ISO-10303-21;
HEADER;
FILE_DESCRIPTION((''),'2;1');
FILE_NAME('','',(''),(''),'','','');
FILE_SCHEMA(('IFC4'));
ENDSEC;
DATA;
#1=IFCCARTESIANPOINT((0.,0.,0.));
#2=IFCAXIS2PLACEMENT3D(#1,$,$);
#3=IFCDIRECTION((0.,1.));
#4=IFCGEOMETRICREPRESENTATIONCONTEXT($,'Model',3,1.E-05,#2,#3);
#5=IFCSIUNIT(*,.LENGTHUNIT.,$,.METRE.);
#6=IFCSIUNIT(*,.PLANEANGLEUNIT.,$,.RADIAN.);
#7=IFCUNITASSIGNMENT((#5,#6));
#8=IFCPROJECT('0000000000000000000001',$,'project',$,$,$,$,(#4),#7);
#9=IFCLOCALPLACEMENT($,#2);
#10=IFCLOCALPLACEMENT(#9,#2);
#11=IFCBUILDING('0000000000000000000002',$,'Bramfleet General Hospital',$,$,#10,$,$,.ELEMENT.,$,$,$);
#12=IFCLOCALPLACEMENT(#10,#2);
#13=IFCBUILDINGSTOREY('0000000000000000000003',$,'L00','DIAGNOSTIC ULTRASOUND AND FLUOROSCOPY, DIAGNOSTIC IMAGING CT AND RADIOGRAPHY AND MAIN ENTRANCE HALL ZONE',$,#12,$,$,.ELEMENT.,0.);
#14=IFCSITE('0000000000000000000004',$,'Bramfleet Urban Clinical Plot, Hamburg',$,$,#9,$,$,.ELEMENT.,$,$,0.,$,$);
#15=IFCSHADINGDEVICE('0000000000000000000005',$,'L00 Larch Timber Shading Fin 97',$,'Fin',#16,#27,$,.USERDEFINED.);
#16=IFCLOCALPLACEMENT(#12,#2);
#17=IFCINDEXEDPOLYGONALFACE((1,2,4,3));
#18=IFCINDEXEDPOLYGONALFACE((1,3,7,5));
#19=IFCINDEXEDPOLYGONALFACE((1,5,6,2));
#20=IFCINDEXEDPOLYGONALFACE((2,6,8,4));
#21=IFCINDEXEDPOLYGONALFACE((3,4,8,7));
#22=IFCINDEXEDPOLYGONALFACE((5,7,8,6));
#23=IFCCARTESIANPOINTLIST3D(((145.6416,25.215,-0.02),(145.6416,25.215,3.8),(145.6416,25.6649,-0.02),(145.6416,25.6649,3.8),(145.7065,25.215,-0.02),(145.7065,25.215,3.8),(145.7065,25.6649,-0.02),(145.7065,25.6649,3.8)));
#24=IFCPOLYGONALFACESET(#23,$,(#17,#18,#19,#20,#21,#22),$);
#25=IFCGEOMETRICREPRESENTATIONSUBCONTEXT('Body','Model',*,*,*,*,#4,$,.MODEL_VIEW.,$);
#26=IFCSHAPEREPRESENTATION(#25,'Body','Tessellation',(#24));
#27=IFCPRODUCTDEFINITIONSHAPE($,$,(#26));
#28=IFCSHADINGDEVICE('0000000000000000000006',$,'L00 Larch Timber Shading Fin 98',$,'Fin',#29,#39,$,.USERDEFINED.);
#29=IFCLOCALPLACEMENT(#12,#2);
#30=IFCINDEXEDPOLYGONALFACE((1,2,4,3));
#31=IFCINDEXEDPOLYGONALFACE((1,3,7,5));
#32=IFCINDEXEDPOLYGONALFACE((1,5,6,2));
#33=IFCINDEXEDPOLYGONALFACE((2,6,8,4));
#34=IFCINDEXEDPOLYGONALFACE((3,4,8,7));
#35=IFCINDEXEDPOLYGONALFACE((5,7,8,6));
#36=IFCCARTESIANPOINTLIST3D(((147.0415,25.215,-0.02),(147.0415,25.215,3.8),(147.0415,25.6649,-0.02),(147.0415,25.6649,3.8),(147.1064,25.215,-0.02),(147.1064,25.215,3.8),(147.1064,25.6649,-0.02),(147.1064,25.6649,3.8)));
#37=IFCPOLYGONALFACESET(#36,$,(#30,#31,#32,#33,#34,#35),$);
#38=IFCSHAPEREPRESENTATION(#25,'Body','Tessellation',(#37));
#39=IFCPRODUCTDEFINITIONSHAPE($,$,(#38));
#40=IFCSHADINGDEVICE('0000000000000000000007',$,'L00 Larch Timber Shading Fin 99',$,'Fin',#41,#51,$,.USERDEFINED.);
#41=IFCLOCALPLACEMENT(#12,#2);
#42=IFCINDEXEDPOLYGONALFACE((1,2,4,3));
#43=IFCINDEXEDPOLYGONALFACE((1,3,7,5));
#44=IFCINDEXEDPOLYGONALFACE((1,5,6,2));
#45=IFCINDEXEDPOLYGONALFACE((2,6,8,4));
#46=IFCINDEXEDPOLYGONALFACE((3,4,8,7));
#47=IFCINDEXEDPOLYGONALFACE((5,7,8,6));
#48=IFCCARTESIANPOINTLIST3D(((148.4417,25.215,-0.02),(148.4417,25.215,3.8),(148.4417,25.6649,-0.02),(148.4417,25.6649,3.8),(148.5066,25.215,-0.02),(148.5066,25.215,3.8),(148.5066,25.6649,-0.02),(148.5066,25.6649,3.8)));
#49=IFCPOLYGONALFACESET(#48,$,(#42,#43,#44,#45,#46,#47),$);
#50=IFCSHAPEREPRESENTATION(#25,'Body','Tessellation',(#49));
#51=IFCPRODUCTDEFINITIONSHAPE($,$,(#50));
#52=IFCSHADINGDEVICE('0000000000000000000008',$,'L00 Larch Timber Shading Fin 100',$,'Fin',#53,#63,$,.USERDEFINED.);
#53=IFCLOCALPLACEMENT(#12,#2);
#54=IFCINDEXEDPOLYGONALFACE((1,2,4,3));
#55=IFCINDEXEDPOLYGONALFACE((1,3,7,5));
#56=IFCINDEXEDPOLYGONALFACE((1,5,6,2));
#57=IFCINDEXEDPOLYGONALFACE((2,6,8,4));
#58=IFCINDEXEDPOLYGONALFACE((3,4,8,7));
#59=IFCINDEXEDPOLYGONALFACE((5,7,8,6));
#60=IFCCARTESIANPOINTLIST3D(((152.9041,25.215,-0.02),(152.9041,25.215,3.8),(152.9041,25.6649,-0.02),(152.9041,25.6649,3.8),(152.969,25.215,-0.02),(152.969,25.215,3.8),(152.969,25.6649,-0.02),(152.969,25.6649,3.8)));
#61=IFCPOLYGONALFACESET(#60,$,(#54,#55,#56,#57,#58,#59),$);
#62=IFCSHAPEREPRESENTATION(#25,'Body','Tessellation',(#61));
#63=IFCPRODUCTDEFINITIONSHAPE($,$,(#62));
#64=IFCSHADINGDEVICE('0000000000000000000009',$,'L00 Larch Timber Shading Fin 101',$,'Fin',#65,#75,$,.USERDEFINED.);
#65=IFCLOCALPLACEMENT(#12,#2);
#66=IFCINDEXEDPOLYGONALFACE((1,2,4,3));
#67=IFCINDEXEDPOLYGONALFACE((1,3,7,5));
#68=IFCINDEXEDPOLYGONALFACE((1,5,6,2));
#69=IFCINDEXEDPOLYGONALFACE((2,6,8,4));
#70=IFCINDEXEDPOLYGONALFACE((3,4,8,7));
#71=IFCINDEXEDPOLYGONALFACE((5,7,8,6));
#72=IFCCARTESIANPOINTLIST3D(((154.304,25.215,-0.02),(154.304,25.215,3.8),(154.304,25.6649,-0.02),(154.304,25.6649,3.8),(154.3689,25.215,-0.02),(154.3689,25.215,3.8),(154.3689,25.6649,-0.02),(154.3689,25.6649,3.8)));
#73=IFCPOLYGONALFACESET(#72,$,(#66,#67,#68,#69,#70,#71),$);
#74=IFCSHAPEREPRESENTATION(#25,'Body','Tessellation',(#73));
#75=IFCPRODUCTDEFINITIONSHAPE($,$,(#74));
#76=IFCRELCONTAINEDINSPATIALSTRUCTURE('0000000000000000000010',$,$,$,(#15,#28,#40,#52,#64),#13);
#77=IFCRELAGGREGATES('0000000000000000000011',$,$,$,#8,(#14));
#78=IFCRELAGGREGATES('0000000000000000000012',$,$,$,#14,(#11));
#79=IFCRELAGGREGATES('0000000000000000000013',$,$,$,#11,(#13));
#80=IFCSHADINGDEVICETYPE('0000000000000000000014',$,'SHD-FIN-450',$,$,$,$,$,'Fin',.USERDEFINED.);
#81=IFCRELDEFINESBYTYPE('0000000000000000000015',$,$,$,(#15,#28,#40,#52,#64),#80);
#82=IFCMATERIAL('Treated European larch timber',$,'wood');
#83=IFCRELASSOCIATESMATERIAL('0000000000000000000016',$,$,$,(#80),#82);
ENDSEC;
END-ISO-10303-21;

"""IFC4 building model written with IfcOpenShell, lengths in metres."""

from ifc_helpers import new_model, si_unit, direction, frame, origin, origin_2d, place, context, subcontext, project, spatial, rectangle, extrude, material, material_profile, profile_set, type_object, element, save


model = new_model("IFC4")

# Units and contexts
model_context = context("Model", 3, precision=1e-05, world=origin(), true_north=direction((0.0, 1.0)))
body_context = subcontext(model_context, "Body", "Model", "MODEL_VIEW")
ifc_project = project(units=[si_unit("LENGTHUNIT", "METRE"), si_unit("PLANEANGLEUNIT", "RADIAN")], contexts=[model_context])

# Site, building, storey
site_placement = place(None, origin())
site = spatial("IfcSite", under=ifc_project, at=site_placement, Name="Bramfleet Urban Clinical Plot, Hamburg", CompositionType="ELEMENT", RefElevation=0.0)
building_placement = place(site_placement, origin())
building = spatial("IfcBuilding", under=site, at=building_placement, Name="Bramfleet General Hospital", CompositionType="ELEMENT")
storey_placement = place(building_placement, origin())
storey = spatial("IfcBuildingStorey", under=building, at=storey_placement, Name="L00", Description="DIAGNOSTIC ULTRASOUND AND FLUOROSCOPY, DIAGNOSTIC IMAGING CT AND RADIOGRAPHY AND MAIN ENTRANCE HALL ZONE", CompositionType="ELEMENT", Elevation=0.0)

# Shading devices
ifc_material_1 = material(Name="Treated European larch timber", Category="wood")
ifc_material_profile_1 = material_profile(ifc_material_1, rectangle(XDim=0.0649, YDim=0.45, at=origin_2d()), Name="LARCH FIN 450x65")
ifc_profile_set_1 = profile_set([ifc_material_profile_1], Name="Treated European larch timber")
shading_device_type = type_object("IfcShadingDeviceType", Name="SHD-FIN-450", ElementType="Fin", PredefinedType="USERDEFINED", material=ifc_profile_set_1)
for number, where, z_axis, x_axis, name in (
    (1, (145.6741, 25.4399, -0.02), (0.0, 0.0, 1.0), (1.0, 0.0, 0.0), "L00 Larch Timber Shading Fin 97"),
    (2, (147.074, 25.4399, -0.02), (0.0, 0.0, 1.0), (1.0, 0.0, 0.0), "L00 Larch Timber Shading Fin 98"),
    (3, (148.4741, 25.4399, -0.02), (0.0, 0.0, 1.0), (1.0, 0.0, 0.0), "L00 Larch Timber Shading Fin 99"),
    (4, (152.9365, 25.4399, -0.02), (0.0, 0.0, 1.0), (1.0, 0.0, 0.0), "L00 Larch Timber Shading Fin 100"),
    (5, (154.3364, 25.4399, -0.02), (0.0, 0.0, 1.0), (1.0, 0.0, 0.0), "L00 Larch Timber Shading Fin 101"),
):
    element("IfcShadingDevice", number, at=place(storey_placement, frame(where, z_axis=z_axis, x_axis=x_axis)), inside=storey, type_object=shading_device_type, Name=name, ObjectType="Fin", PredefinedType="USERDEFINED", context=body_context, shape_type="SweptSolid", body=[
        extrude(rectangle(XDim=0.0649, YDim=0.45, at=origin_2d()), origin(), (0.0, 0.0, 1.0), 3.8201),
    ])

save(model, "model.ifc")
